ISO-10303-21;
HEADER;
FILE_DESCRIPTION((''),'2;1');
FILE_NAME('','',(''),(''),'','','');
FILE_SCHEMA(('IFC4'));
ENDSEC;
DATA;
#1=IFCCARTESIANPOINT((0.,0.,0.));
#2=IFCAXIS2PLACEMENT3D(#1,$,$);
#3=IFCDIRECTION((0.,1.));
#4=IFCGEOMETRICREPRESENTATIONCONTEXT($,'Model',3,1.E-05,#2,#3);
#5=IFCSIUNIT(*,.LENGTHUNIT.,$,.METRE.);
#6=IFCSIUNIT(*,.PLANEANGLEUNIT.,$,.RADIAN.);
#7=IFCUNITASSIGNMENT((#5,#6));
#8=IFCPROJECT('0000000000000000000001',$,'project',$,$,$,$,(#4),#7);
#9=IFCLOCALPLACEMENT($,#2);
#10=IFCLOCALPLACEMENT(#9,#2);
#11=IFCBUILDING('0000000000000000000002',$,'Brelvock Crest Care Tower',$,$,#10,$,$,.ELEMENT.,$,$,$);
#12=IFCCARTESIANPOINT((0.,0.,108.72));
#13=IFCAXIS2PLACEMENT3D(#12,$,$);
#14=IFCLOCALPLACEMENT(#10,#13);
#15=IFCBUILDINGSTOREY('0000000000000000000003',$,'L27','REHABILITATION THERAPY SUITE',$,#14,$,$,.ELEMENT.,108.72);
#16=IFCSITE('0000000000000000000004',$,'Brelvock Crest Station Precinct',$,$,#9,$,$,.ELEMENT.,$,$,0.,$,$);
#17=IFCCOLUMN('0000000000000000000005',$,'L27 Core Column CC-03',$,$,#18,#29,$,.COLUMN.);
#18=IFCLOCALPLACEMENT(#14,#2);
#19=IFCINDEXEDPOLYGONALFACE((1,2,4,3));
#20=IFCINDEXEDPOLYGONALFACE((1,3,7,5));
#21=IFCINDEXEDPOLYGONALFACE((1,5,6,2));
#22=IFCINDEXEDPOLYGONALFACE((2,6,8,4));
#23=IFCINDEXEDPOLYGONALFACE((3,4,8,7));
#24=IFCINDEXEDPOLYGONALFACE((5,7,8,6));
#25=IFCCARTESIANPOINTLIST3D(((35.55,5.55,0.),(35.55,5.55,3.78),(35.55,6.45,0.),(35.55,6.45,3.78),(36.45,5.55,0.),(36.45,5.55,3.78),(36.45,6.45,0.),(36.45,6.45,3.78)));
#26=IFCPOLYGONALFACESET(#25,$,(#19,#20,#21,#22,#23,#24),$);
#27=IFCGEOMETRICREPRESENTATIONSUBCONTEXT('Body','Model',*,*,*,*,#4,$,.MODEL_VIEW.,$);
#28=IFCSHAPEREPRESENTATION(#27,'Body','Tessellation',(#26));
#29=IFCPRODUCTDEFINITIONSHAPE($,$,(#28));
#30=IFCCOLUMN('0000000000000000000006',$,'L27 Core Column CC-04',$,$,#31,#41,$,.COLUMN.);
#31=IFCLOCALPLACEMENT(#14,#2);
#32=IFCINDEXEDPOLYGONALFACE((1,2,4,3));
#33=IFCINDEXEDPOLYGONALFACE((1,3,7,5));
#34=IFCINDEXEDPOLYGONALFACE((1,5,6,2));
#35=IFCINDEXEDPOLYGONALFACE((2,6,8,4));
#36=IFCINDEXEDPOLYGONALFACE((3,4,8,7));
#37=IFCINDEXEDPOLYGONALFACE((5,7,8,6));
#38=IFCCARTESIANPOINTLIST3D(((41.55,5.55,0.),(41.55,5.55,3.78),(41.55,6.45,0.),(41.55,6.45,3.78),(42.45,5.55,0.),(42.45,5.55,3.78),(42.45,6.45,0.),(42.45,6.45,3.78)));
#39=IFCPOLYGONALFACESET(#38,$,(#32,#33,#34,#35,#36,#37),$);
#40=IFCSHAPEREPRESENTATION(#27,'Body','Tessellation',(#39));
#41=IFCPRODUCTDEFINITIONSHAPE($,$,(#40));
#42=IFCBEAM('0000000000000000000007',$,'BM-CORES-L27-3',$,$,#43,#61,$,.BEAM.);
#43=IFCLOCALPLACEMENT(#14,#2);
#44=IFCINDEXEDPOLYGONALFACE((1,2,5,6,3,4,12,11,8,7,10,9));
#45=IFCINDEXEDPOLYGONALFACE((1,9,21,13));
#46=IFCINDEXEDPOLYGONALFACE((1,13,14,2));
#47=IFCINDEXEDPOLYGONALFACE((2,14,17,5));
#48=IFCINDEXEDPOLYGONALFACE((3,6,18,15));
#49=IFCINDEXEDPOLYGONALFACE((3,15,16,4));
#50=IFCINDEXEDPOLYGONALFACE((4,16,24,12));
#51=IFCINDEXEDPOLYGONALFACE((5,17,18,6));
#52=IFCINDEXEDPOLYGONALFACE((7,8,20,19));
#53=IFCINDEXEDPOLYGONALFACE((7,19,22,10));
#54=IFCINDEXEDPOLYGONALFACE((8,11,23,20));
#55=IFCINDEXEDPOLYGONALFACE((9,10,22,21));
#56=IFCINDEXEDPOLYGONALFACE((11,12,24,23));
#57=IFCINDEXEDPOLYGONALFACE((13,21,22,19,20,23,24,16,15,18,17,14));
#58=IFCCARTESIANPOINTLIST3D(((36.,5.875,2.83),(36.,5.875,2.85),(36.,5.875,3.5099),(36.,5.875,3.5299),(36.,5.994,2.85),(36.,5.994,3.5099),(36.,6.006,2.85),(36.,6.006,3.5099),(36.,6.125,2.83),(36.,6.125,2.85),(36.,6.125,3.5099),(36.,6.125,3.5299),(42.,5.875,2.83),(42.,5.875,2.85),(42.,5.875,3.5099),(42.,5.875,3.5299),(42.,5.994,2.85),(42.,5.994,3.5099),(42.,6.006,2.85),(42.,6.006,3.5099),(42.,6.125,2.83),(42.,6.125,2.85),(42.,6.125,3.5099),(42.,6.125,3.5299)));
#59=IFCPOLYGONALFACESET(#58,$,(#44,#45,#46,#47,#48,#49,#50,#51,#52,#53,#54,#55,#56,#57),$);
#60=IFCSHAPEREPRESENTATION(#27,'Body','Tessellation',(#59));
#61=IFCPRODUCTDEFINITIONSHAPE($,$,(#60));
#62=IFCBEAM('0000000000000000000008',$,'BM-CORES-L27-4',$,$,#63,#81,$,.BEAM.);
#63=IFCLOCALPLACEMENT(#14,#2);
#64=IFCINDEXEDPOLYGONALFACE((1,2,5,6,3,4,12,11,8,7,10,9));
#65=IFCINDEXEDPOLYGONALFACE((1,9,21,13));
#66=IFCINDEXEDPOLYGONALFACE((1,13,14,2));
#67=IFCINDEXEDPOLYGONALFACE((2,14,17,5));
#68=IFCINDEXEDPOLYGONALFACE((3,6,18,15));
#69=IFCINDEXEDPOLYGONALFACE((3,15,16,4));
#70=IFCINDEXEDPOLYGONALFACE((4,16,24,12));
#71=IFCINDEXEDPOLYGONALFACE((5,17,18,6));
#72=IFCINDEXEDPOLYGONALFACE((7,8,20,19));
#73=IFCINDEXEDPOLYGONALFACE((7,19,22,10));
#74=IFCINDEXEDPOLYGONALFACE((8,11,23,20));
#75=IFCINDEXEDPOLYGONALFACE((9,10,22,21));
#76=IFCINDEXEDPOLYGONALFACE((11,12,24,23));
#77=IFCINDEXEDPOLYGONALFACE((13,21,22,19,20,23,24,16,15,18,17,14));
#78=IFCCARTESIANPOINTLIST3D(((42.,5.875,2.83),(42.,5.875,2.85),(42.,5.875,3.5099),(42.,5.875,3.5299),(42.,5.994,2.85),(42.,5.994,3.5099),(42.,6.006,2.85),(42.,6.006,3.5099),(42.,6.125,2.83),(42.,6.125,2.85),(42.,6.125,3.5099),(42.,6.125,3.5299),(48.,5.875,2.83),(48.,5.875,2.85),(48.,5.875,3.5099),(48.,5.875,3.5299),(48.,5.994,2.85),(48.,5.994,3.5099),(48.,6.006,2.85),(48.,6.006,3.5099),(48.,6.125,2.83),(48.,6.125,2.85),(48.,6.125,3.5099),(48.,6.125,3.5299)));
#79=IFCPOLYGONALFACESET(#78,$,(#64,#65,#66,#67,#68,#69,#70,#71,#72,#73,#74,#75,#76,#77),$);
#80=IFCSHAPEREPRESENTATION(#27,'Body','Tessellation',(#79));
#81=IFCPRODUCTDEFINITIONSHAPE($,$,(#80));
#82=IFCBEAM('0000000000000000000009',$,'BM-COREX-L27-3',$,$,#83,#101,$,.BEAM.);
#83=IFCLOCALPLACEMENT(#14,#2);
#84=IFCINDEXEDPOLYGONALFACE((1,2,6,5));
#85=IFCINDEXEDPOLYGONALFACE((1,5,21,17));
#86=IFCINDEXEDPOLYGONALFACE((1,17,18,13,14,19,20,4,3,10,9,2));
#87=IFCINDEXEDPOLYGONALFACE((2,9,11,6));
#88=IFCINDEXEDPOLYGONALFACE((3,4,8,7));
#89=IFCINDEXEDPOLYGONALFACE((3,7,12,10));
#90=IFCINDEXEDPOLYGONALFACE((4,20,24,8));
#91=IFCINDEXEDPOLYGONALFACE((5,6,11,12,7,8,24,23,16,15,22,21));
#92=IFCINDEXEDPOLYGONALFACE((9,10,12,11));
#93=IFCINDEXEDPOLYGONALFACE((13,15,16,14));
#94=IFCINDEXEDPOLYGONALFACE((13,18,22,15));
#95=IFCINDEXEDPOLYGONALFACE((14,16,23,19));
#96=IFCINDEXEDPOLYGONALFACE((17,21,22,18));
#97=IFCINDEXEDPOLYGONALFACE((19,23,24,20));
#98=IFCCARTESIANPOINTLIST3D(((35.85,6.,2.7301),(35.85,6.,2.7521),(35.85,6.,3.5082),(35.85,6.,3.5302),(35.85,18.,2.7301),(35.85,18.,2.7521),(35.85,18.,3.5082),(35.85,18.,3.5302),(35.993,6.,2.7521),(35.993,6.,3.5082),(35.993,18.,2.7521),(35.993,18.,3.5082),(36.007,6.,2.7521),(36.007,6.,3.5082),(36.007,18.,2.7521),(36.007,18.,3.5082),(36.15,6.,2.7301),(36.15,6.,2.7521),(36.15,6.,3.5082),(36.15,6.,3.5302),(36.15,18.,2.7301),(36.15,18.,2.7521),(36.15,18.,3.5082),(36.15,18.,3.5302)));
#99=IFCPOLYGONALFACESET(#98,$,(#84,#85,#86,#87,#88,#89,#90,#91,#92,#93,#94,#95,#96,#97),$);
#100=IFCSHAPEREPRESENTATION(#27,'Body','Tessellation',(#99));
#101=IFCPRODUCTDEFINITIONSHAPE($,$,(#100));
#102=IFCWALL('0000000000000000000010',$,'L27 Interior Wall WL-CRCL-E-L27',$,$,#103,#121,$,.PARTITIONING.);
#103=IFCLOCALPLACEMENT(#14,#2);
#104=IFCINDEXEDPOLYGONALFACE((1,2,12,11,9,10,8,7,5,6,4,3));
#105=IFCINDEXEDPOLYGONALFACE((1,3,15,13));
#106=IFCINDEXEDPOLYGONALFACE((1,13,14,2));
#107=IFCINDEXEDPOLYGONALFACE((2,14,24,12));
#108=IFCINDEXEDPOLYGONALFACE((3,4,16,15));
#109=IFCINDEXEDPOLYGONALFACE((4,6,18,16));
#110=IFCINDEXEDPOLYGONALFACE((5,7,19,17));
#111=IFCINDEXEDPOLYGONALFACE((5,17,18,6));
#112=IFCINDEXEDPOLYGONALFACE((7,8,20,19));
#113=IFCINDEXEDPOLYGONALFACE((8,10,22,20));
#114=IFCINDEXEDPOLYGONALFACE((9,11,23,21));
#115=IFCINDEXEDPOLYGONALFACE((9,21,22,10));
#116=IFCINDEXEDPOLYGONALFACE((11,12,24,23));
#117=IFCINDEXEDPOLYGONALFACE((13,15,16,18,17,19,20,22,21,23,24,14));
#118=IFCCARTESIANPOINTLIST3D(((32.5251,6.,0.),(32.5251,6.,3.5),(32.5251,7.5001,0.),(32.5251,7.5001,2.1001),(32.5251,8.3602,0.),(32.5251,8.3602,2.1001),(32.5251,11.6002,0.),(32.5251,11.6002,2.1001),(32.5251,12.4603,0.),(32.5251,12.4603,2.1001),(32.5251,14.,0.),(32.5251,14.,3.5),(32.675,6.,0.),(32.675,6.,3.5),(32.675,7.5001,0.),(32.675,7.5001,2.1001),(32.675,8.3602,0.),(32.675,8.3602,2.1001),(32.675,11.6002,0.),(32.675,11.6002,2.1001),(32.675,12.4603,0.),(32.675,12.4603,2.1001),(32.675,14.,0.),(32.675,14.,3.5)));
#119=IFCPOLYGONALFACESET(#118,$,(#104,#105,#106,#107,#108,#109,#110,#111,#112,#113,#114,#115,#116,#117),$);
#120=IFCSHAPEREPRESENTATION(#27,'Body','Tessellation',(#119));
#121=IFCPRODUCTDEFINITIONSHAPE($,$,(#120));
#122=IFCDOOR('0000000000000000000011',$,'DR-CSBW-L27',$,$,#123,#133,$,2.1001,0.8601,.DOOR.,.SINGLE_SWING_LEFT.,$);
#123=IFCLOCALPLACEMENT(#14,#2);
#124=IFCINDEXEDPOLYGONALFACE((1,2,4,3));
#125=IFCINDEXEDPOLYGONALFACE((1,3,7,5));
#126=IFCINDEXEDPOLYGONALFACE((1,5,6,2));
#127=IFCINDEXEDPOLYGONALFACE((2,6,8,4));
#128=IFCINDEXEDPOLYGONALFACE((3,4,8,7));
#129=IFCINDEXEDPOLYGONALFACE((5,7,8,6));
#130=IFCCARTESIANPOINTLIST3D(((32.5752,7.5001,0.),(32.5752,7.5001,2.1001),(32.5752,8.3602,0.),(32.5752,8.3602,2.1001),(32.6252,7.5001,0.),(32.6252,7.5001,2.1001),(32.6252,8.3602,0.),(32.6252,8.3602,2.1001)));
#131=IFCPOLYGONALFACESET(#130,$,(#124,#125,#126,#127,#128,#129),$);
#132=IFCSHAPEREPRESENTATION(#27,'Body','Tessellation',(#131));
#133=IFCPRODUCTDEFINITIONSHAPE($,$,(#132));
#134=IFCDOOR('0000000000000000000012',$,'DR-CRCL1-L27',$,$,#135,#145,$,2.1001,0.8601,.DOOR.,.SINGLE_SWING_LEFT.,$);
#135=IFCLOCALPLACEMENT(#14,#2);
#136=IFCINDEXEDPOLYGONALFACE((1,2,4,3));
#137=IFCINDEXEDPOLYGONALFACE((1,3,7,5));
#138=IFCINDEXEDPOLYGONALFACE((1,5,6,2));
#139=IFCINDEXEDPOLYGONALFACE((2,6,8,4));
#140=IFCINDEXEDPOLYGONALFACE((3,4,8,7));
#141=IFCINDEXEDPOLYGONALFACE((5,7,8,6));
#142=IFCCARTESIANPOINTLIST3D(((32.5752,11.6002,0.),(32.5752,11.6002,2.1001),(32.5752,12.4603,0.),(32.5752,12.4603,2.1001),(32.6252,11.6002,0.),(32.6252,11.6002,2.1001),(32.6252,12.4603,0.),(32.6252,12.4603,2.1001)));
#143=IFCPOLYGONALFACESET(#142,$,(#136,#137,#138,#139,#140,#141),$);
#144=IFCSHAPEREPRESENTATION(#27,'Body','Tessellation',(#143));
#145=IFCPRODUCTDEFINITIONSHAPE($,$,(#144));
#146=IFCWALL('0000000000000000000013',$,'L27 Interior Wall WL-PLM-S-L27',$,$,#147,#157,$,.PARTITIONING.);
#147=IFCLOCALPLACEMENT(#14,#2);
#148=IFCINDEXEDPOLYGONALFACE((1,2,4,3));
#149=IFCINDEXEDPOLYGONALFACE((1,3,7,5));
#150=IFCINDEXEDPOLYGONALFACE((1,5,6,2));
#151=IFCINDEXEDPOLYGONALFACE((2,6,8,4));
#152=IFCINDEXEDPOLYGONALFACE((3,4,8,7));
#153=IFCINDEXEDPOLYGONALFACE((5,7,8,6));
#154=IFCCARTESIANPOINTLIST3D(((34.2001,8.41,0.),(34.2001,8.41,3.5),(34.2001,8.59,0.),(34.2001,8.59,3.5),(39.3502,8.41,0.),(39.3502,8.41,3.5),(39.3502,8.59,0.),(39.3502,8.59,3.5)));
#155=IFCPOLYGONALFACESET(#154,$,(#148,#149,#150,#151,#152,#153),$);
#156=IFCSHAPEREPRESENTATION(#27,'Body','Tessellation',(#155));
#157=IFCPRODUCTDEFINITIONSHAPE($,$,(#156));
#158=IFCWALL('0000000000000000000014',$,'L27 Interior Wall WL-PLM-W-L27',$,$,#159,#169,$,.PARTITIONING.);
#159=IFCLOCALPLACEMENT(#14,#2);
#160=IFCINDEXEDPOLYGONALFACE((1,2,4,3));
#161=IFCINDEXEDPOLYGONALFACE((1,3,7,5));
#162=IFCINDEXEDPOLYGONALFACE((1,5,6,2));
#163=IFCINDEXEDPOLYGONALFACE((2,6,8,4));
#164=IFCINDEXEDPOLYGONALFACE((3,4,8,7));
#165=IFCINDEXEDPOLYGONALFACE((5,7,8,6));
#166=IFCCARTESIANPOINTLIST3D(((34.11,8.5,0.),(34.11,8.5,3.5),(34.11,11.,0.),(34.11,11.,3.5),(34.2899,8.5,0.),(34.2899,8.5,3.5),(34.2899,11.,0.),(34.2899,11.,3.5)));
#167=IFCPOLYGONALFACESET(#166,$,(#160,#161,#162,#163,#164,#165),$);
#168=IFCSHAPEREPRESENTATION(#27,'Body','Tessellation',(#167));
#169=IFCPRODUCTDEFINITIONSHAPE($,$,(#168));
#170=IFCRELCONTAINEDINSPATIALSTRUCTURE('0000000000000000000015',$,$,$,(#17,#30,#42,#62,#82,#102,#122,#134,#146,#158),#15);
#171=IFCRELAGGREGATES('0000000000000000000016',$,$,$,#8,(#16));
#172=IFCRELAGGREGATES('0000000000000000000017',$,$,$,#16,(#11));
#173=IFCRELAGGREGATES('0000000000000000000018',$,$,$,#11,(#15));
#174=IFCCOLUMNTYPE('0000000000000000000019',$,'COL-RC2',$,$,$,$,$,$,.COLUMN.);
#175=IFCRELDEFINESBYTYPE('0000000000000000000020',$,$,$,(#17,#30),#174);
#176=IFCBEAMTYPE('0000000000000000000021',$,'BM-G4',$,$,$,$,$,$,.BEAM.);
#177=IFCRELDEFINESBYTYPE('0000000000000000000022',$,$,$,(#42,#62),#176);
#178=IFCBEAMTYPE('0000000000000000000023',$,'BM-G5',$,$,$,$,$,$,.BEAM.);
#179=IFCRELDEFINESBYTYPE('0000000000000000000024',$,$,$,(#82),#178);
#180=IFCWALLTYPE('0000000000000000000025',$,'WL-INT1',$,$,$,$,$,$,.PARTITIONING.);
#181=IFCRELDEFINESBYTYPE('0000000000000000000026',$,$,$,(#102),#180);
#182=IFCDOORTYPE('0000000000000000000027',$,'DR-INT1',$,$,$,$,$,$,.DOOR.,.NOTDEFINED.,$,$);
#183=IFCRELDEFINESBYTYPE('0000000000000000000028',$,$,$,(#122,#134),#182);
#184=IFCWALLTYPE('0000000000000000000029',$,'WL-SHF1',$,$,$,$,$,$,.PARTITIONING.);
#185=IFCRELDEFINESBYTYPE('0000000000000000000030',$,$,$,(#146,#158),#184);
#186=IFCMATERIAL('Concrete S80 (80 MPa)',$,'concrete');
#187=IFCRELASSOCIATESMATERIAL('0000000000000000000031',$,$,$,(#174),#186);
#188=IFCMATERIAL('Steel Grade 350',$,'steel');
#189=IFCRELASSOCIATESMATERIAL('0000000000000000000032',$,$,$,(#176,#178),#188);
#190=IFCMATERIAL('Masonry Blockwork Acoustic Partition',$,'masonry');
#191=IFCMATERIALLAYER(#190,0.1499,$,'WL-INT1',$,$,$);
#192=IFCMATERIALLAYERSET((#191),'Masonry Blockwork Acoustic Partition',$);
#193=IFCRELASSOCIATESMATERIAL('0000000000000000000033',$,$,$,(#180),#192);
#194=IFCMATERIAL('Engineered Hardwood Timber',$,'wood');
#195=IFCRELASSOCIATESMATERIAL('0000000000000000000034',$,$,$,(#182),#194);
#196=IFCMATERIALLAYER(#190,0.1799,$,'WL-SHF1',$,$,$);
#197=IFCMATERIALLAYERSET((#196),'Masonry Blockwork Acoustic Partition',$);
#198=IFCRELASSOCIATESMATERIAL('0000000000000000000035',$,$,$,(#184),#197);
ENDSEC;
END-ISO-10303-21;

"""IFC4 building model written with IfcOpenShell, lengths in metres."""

from ifc_helpers import new_model, si_unit, direction, frame, frame_2d, origin, origin_2d, place, context, subcontext, project, spatial, rectangle, i_section, extrude, source, transform, mapped, material, layer, layer_set, material_profile, profile_set, type_object, element, fill, save


model = new_model("IFC4")

# Units and contexts
model_context = context("Model", 3, precision=1e-05, world=origin(), true_north=direction((0.0, 1.0)))
body_context = subcontext(model_context, "Body", "Model", "MODEL_VIEW")
ifc_project = project(units=[si_unit("LENGTHUNIT", "METRE"), si_unit("PLANEANGLEUNIT", "RADIAN")], contexts=[model_context])

# Site, building, storey
site_placement = place(None, origin())
site = spatial("IfcSite", under=ifc_project, at=site_placement, Name="Brelvock Crest Station Precinct", CompositionType="ELEMENT", RefElevation=0.0)
building_placement = place(site_placement, origin())
building = spatial("IfcBuilding", under=site, at=building_placement, Name="Brelvock Crest Care Tower", CompositionType="ELEMENT")
storey_placement = place(building_placement, frame((0.0, 0.0, 108.72)))
storey = spatial("IfcBuildingStorey", under=building, at=storey_placement, Name="L27", Description="REHABILITATION THERAPY SUITE", CompositionType="ELEMENT", Elevation=108.72)

# Columns
ifc_material_1 = material(Name="Concrete S80 (80 MPa)", Category="concrete")
ifc_material_profile_1 = material_profile(ifc_material_1, rectangle(XDim=0.8999, YDim=0.8999, at=origin_2d()), Name="RC900x900")
ifc_profile_set_1 = profile_set([ifc_material_profile_1], Name="Concrete S80 (80 MPa)")
column_type = type_object("IfcColumnType", Name="COL-RC2", PredefinedType="COLUMN", material=ifc_profile_set_1)
shared_shape_1 = source(origin(), body_context, "Body", "SweptSolid", [
    extrude(rectangle(XDim=0.8999, YDim=0.8999, at=origin_2d()), origin(), (0.0, 0.0, 1.0), 3.78),
])
for number, where, z_axis, x_axis, name in (
    (1, (36.0, 6.0, 0.0), (0.0, 0.0, 1.0), (1.0, 0.0, 0.0), "L27 Core Column CC-03"),
    (2, (42.0, 6.0, 0.0), (0.0, 0.0, 1.0), (1.0, 0.0, 0.0), "L27 Core Column CC-04"),
):
    element("IfcColumn", number, at=place(storey_placement, frame(where, z_axis=z_axis, x_axis=x_axis)), inside=storey, type_object=column_type, Name=name, PredefinedType="COLUMN", context=body_context, shape_type="MappedRepresentation", body=[
        mapped(shared_shape_1, transform((0.0, 0.0, 0.0), x_axis=(1.0, 0.0, 0.0), y_axis=(0.0, 1.0, 0.0), z_axis=(0.0, 0.0, 1.0), scale=1.0)),
    ])

# Beams
ifc_material_2 = material(Name="Steel Grade 350", Category="steel")
ifc_material_profile_2 = material_profile(ifc_material_2, i_section(OverallWidth=0.25, OverallDepth=0.7, WebThickness=0.012, FlangeThickness=0.02, at=origin_2d()), Name="700WB150")
ifc_profile_set_2 = profile_set([ifc_material_profile_2], Name="Steel Grade 350")
beam_type_1 = type_object("IfcBeamType", Name="BM-G4", PredefinedType="BEAM", material=ifc_profile_set_2)
shared_shape_2 = source(origin(), body_context, "Body", "SweptSolid", [
    extrude(i_section(OverallWidth=0.25, OverallDepth=0.7, WebThickness=0.012, FlangeThickness=0.02, at=origin_2d()), origin(), (0.0, 0.0, 1.0), 6.0),
])
for number, where, z_axis, x_axis, name in (
    (3, (36.0, 6.0, 3.1799), (1.0, 0.0, 0.0), (0.0, 1.0, 0.0), "BM-CORES-L27-3"),
    (4, (42.0, 6.0, 3.1799), (1.0, 0.0, 0.0), (0.0, 1.0, 0.0), "BM-CORES-L27-4"),
):
    element("IfcBeam", number, at=place(storey_placement, frame(where, z_axis=z_axis, x_axis=x_axis)), inside=storey, type_object=beam_type_1, Name=name, PredefinedType="BEAM", context=body_context, shape_type="MappedRepresentation", body=[
        mapped(shared_shape_2, transform((0.0, 0.0, 0.0), x_axis=(1.0, 0.0, 0.0), y_axis=(0.0, 1.0, 0.0), z_axis=(0.0, 0.0, 1.0), scale=1.0)),
    ])
ifc_material_profile_3 = material_profile(ifc_material_2, i_section(OverallWidth=0.3, OverallDepth=0.8, WebThickness=0.0139, FlangeThickness=0.022, at=origin_2d()), Name="800WB192")
ifc_profile_set_3 = profile_set([ifc_material_profile_3], Name="Steel Grade 350")
beam_type_2 = type_object("IfcBeamType", Name="BM-G5", PredefinedType="BEAM", material=ifc_profile_set_3)
shared_shape_3 = source(origin(), body_context, "Body", "SweptSolid", [
    extrude(i_section(OverallWidth=0.3, OverallDepth=0.8, WebThickness=0.0139, FlangeThickness=0.022, at=origin_2d()), origin(), (0.0, 0.0, 1.0), 12.0),
])
beam_placement = place(storey_placement, frame((36.0, 6.0, 3.1301), z_axis=(0.0, 1.0, 0.0), x_axis=(-1.0, 0.0, 0.0)))
element("IfcBeam", 5, at=beam_placement, inside=storey, type_object=beam_type_2, Name="BM-COREX-L27-3", PredefinedType="BEAM", context=body_context, shape_type="MappedRepresentation", body=[
    mapped(shared_shape_3, transform((0.0, 0.0, 0.0), x_axis=(1.0, 0.0, 0.0), y_axis=(0.0, 1.0, 0.0), z_axis=(0.0, 0.0, 1.0), scale=1.0)),
])

# Wall, openings, doors
ifc_material_3 = material(Name="Masonry Blockwork Acoustic Partition", Category="masonry")
ifc_layer_1 = layer(ifc_material_3, 0.1499, Name="WL-INT1")
ifc_layer_set_1 = layer_set([ifc_layer_1], Name="Masonry Blockwork Acoustic Partition")
wall_type_1 = type_object("IfcWallType", Name="WL-INT1", PredefinedType="PARTITIONING", material=ifc_layer_set_1)
wall_1_placement = place(storey_placement, frame((32.6001, 6.0, 0.0), z_axis=(0.0, 0.0, 1.0), x_axis=(0.0, 1.0, 0.0)))
wall_1 = element("IfcWall", 6, at=wall_1_placement, inside=storey, type_object=wall_type_1, Name="L27 Interior Wall WL-CRCL-E-L27", PredefinedType="PARTITIONING", context=body_context, shape_type="SweptSolid", body=[
    extrude(rectangle(XDim=8.0, YDim=0.1499, at=frame_2d((4.0, 0.0))), origin(), (0.0, 0.0, 1.0), 3.5),
])
opening_1_placement = place(wall_1_placement, frame((1.5, 0.0, 0.0)))
opening_1 = element("IfcOpeningElement", 7, at=opening_1_placement, cuts=wall_1, PredefinedType="OPENING", context=body_context, shape_type="SweptSolid", body=[
    extrude(rectangle(XDim=0.8601, YDim=2.1001, at=origin_2d()), frame((0.4302, 0.085, 1.05), z_axis=(0.0, -1.0, 0.0), x_axis=(1.0, 0.0, 0.0)), (0.0, 0.0, 1.0), 0.1699),
])
opening_2_placement = place(wall_1_placement, frame((5.6001, 0.0, 0.0)))
opening_2 = element("IfcOpeningElement", 8, at=opening_2_placement, cuts=wall_1, PredefinedType="OPENING", context=body_context, shape_type="SweptSolid", body=[
    extrude(rectangle(XDim=0.8601, YDim=2.1001, at=origin_2d()), frame((0.4302, 0.085, 1.05), z_axis=(0.0, -1.0, 0.0), x_axis=(1.0, 0.0, 0.0)), (0.0, 0.0, 1.0), 0.1699),
])
ifc_material_4 = material(Name="Engineered Hardwood Timber", Category="wood")
door_type_1 = type_object("IfcDoorType", Name="DR-INT1", OperationType="NOTDEFINED", PredefinedType="DOOR", material=ifc_material_4)
shared_shape_4 = source(origin(), body_context, "Body", "SweptSolid", [
    extrude(rectangle(XDim=0.8601, YDim=2.1001, at=origin_2d()), frame((0.4302, 0.0249, 1.05), z_axis=(0.0, -1.0, 0.0), x_axis=(1.0, 0.0, 0.0)), (0.0, 0.0, 1.0), 0.05),
])
door_1_placement = place(opening_1_placement, origin())
door_1 = element("IfcDoor", 9, at=door_1_placement, inside=storey, type_object=door_type_1, Name="DR-CSBW-L27", OperationType="SINGLE_SWING_LEFT", OverallHeight=2.1001, OverallWidth=0.8601, PredefinedType="DOOR", context=body_context, shape_type="MappedRepresentation", body=[
    mapped(shared_shape_4, transform((0.0, 0.0, 0.0), x_axis=(1.0, 0.0, 0.0), y_axis=(0.0, 1.0, 0.0), z_axis=(0.0, 0.0, 1.0), scale=1.0)),
])
fill(opening_1, door_1)
door_2_placement = place(opening_2_placement, origin())
door_2 = element("IfcDoor", 10, at=door_2_placement, inside=storey, type_object=door_type_1, Name="DR-CRCL1-L27", OperationType="SINGLE_SWING_LEFT", OverallHeight=2.1001, OverallWidth=0.8601, PredefinedType="DOOR", context=body_context, shape_type="MappedRepresentation", body=[
    mapped(shared_shape_4, transform((0.0, 0.0, 0.0), x_axis=(1.0, 0.0, 0.0), y_axis=(0.0, 1.0, 0.0), z_axis=(0.0, 0.0, 1.0), scale=1.0)),
])
fill(opening_2, door_2)

# Walls
ifc_layer_2 = layer(ifc_material_3, 0.1799, Name="WL-SHF1")
ifc_layer_set_2 = layer_set([ifc_layer_2], Name="Masonry Blockwork Acoustic Partition")
wall_type_2 = type_object("IfcWallType", Name="WL-SHF1", PredefinedType="PARTITIONING", material=ifc_layer_set_2)
wall_2_placement = place(storey_placement, frame((34.2, 8.5, 0.0), z_axis=(0.0, 0.0, 1.0), x_axis=(1.0, 0.0, 0.0)))
element("IfcWall", 11, at=wall_2_placement, inside=storey, type_object=wall_type_2, Name="L27 Interior Wall WL-PLM-S-L27", PredefinedType="PARTITIONING", context=body_context, shape_type="SweptSolid", body=[
    extrude(rectangle(XDim=5.1501, YDim=0.1799, at=frame_2d((2.5752, 0.0))), origin(), (0.0, 0.0, 1.0), 3.5),
])
for number, where, z_axis, x_axis, name in (
    (12, (34.2, 8.5, 0.0), (0.0, 0.0, 1.0), (0.0, 1.0, 0.0), "L27 Interior Wall WL-PLM-W-L27"),
):
    element("IfcWall", number, at=place(storey_placement, frame(where, z_axis=z_axis, x_axis=x_axis)), inside=storey, type_object=wall_type_2, Name=name, PredefinedType="PARTITIONING", context=body_context, shape_type="SweptSolid", body=[
        extrude(rectangle(XDim=2.5, YDim=0.1799, at=frame_2d((1.25, 0.0))), origin(), (0.0, 0.0, 1.0), 3.5),
    ])

save(model, "model.ifc")
